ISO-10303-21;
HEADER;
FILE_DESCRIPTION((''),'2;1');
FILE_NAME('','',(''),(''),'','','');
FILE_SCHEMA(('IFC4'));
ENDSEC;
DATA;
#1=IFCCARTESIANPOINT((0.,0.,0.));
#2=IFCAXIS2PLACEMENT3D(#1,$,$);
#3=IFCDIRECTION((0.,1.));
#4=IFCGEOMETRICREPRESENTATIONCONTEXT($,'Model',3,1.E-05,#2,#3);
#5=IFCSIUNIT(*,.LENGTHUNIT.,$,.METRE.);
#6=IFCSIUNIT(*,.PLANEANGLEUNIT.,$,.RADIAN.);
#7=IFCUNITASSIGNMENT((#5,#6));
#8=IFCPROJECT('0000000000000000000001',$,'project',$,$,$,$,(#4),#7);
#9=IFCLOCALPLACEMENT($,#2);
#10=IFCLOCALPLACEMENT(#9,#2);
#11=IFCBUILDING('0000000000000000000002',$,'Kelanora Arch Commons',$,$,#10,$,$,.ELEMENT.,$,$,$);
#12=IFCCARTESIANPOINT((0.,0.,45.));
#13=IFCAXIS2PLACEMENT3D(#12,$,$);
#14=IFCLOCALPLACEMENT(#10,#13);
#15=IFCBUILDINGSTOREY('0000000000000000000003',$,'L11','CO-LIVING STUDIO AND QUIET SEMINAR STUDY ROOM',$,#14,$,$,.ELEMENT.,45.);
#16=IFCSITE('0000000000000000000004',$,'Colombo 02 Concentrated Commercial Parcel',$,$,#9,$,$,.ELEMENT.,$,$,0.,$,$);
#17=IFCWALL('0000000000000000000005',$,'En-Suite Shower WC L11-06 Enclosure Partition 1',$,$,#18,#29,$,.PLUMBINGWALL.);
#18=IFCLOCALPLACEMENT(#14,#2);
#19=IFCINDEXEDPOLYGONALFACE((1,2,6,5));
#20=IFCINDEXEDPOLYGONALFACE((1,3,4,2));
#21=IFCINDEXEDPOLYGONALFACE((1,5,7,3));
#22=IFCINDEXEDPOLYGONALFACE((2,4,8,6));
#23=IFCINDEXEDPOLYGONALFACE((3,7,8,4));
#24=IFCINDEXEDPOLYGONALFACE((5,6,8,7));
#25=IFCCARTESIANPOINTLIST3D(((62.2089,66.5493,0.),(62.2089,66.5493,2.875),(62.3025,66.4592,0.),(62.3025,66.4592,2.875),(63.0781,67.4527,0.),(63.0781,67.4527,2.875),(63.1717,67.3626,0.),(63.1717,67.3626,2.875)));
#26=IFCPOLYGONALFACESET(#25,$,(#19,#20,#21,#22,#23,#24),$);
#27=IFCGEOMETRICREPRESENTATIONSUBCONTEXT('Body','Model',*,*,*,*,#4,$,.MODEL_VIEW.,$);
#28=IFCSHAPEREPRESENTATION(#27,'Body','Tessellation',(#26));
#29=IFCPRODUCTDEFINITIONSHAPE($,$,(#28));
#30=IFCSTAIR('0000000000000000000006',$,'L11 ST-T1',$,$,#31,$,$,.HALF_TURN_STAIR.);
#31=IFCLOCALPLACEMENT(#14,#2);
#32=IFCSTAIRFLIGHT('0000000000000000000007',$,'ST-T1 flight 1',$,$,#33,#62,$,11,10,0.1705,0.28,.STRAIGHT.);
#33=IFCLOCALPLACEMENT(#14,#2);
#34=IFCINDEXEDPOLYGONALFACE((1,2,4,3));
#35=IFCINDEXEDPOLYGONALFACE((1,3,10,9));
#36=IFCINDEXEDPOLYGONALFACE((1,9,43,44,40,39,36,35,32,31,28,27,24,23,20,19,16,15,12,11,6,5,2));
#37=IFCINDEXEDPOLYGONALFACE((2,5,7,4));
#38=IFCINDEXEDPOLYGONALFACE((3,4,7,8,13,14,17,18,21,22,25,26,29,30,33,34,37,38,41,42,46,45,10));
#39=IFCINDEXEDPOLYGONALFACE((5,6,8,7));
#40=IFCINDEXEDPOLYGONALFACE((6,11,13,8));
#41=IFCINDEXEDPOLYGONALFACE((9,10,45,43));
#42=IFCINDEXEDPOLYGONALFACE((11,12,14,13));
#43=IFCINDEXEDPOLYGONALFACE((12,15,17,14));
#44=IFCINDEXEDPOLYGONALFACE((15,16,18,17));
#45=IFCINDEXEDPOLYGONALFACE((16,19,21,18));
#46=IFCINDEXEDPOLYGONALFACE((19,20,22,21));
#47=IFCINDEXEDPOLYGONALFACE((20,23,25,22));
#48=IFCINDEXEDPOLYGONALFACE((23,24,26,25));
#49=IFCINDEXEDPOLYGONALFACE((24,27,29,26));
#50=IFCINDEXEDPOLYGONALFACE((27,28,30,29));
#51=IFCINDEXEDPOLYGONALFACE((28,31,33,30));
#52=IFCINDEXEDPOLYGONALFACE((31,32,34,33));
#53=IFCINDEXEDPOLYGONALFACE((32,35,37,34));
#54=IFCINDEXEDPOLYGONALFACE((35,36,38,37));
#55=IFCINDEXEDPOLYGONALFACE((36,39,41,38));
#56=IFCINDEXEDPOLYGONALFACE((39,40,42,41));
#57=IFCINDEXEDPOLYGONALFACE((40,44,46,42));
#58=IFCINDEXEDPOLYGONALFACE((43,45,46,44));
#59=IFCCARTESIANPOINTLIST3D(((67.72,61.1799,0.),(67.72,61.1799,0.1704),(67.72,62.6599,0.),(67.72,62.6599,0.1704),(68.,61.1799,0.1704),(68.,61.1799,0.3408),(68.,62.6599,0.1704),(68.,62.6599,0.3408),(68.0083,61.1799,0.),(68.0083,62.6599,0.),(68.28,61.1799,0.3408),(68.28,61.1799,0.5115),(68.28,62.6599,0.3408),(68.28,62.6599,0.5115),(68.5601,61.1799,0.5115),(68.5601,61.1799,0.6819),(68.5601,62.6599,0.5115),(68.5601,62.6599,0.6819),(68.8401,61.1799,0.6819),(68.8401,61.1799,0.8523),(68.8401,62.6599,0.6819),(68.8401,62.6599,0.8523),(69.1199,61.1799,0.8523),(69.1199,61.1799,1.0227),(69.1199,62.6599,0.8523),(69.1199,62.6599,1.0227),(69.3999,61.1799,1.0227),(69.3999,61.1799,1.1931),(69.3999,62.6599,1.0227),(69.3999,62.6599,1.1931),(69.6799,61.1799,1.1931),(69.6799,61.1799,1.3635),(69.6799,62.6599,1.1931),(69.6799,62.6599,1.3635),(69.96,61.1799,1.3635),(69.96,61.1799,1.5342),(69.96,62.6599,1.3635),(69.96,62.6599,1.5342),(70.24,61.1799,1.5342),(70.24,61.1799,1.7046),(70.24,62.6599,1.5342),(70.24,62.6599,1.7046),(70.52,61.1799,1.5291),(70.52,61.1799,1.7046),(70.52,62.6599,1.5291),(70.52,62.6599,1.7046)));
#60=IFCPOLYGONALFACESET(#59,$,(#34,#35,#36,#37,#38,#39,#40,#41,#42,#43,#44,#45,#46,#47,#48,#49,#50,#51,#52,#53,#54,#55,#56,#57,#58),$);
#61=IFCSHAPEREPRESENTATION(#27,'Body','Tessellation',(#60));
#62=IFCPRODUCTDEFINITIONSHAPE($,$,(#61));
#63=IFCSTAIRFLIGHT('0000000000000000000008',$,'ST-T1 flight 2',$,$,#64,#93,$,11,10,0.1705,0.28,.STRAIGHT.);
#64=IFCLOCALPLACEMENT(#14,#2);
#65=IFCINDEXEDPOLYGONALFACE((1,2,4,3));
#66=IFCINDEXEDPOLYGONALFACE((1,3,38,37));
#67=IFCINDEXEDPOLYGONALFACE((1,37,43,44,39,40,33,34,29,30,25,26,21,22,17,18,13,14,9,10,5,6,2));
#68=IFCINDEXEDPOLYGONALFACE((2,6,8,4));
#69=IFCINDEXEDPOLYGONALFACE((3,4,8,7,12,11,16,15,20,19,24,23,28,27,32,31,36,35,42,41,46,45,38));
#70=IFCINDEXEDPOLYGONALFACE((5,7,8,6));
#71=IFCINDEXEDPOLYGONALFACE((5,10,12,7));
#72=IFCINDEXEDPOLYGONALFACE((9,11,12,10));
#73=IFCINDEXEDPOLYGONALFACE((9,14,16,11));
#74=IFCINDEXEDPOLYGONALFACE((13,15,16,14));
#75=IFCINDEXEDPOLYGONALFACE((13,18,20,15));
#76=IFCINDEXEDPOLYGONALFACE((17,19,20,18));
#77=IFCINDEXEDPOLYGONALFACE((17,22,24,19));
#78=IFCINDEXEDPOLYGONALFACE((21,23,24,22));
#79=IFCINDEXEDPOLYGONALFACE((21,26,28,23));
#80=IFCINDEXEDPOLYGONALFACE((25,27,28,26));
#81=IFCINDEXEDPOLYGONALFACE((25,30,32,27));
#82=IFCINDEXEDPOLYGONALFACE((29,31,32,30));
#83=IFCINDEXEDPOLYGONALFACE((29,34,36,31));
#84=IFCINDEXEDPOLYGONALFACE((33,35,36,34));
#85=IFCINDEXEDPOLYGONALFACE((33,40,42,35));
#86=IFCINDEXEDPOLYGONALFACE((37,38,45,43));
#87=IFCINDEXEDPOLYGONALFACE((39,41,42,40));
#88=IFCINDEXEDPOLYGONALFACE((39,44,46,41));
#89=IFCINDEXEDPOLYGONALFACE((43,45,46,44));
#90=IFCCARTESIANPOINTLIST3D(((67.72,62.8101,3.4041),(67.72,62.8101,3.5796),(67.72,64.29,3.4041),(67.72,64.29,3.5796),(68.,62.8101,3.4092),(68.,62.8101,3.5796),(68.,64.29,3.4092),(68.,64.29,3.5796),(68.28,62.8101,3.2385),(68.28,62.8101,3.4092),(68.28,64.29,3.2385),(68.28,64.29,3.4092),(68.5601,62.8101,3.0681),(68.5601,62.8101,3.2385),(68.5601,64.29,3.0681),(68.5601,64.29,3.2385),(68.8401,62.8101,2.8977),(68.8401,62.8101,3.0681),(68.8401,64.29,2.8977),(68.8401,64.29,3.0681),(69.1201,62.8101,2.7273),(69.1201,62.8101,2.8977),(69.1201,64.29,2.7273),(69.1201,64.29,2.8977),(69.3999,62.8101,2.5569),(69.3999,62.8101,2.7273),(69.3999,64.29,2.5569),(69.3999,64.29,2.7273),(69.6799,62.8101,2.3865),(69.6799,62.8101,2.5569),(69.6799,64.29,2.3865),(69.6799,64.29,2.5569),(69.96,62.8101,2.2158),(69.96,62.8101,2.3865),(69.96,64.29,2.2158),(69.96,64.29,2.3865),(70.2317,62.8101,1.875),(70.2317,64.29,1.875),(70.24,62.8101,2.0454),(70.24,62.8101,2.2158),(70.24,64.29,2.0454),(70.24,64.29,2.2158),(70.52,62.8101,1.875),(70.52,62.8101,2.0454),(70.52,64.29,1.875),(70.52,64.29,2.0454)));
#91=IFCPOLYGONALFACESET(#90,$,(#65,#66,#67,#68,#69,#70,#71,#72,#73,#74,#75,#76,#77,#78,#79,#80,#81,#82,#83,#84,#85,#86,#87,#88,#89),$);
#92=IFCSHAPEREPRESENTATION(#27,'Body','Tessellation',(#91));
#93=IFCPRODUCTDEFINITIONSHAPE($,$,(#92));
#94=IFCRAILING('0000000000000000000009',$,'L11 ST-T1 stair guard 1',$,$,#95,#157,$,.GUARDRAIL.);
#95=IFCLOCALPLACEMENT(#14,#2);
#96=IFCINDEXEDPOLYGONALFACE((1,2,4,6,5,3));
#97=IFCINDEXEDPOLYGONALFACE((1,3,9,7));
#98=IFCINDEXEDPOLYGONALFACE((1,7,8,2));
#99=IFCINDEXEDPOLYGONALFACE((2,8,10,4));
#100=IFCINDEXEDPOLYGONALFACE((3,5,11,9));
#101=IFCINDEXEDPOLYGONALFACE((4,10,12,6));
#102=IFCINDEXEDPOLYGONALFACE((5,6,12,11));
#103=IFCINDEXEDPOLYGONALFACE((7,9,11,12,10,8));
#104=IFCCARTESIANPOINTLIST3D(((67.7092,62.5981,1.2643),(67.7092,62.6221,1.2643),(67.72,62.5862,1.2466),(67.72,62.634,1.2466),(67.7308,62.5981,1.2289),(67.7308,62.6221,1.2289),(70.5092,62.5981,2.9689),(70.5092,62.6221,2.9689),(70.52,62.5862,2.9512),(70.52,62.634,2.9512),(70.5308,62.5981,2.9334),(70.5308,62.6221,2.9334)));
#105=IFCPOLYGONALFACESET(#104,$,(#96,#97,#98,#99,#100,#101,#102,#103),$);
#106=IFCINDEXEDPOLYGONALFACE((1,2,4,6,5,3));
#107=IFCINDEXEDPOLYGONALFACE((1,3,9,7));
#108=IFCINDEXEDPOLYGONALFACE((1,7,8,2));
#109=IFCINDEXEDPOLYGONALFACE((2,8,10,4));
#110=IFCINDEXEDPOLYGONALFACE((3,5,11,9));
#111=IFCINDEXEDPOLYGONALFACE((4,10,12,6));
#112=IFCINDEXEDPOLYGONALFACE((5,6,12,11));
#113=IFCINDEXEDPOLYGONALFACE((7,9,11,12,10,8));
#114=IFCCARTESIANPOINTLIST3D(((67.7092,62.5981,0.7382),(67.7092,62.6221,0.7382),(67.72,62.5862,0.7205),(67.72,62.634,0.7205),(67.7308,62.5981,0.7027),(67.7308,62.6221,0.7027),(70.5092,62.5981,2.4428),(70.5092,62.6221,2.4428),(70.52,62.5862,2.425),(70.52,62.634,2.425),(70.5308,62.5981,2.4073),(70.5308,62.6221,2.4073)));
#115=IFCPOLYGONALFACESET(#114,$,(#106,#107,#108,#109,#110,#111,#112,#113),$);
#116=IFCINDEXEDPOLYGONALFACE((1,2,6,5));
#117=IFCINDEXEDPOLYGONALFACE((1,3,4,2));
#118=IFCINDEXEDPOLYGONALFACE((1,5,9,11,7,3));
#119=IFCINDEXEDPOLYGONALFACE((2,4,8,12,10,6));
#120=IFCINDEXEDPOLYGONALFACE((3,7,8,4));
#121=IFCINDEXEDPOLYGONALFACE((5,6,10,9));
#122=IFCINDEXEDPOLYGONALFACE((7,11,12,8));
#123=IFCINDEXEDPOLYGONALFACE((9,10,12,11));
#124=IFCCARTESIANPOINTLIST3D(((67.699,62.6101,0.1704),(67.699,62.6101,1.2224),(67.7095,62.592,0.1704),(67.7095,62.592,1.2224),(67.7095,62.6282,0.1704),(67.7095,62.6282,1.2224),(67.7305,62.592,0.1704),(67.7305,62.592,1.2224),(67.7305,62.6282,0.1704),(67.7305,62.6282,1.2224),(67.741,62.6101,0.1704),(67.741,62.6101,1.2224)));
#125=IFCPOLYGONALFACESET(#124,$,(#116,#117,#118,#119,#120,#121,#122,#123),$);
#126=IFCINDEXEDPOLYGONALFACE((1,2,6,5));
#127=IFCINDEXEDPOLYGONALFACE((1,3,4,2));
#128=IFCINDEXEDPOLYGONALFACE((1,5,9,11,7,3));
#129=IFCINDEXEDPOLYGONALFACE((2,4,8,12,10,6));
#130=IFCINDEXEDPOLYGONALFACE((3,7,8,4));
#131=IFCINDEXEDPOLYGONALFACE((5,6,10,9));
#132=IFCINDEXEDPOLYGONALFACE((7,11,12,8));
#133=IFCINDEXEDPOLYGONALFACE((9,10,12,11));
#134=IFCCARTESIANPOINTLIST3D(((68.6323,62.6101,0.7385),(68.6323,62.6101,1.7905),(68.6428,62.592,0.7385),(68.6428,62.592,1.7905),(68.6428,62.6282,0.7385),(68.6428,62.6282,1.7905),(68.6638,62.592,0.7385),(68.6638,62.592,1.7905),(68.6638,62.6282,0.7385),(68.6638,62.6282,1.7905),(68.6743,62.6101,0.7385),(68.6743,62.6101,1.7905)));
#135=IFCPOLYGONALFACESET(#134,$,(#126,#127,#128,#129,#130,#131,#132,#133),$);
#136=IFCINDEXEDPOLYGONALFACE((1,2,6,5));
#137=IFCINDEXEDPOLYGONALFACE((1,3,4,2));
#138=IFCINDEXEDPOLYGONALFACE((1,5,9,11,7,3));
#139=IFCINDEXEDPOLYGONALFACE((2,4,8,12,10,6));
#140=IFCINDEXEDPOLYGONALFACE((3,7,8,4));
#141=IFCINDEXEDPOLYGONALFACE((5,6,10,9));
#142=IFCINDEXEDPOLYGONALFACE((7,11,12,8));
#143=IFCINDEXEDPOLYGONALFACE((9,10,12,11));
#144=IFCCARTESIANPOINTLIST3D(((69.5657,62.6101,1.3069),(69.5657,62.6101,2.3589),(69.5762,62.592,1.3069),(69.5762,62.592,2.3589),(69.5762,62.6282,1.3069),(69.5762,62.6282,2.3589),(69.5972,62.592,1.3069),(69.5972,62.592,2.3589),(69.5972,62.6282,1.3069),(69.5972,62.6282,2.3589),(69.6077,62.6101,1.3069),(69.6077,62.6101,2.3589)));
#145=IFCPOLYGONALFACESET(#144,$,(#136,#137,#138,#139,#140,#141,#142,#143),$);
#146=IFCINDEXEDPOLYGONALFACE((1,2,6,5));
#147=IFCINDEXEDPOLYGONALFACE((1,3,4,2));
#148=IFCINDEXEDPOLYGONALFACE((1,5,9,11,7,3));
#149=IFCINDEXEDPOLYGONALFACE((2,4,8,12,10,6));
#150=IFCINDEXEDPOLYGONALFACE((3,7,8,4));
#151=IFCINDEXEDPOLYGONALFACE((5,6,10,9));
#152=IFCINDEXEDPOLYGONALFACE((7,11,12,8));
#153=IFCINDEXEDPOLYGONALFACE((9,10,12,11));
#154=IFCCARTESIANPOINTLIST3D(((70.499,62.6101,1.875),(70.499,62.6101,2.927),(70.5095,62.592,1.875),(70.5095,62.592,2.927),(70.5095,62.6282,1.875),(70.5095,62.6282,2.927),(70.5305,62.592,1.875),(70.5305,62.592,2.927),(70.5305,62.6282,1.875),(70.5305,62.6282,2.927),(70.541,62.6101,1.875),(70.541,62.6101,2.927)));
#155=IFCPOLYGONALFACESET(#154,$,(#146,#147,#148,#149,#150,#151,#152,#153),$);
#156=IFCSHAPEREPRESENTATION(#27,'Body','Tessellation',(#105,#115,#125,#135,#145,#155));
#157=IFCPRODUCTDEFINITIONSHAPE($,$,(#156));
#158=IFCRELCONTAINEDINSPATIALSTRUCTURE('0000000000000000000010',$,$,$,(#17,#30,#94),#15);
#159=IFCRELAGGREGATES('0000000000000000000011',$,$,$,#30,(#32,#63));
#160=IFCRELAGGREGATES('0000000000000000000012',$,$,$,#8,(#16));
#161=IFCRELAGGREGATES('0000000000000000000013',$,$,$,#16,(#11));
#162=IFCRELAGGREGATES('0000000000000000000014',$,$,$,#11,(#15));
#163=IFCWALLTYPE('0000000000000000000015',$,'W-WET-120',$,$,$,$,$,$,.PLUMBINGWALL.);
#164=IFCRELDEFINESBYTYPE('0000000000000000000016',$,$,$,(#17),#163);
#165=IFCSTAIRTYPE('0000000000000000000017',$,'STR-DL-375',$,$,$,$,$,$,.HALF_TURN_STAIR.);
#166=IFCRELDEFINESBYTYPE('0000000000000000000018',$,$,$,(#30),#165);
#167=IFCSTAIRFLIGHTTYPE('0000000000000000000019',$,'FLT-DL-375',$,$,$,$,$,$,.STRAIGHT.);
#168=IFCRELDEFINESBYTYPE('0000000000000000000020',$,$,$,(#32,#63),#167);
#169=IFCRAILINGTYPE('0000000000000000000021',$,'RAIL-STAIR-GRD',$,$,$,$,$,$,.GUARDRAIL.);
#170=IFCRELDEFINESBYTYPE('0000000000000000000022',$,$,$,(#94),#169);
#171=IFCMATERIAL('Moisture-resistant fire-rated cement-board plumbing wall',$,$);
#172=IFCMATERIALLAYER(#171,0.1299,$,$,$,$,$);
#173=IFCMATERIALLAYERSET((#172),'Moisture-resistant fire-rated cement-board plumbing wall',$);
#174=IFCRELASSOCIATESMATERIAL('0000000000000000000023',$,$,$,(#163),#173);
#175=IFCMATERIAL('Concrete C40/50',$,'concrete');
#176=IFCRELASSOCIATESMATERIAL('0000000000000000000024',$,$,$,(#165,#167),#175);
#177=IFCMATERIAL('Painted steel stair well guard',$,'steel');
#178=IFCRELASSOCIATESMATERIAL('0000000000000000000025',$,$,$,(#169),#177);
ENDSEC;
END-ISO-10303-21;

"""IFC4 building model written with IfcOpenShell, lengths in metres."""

from ifc_helpers import new_model, si_unit, direction, frame, frame_2d, origin, place, context, subcontext, project, spatial, polyline, rectangle, outline, extrude, material, layer, layer_set, type_object, element, aggregate, save


model = new_model("IFC4")

# Units and contexts
model_context = context("Model", 3, precision=1e-05, world=origin(), true_north=direction((0.0, 1.0)))
body_context = subcontext(model_context, "Body", "Model", "MODEL_VIEW")
ifc_project = project(units=[si_unit("LENGTHUNIT", "METRE"), si_unit("PLANEANGLEUNIT", "RADIAN")], contexts=[model_context])

# Site, building, storey
site_placement = place(None, origin())
site = spatial("IfcSite", under=ifc_project, at=site_placement, Name="Colombo 02 Concentrated Commercial Parcel", CompositionType="ELEMENT", RefElevation=0.0)
building_placement = place(site_placement, origin())
building = spatial("IfcBuilding", under=site, at=building_placement, Name="Kelanora Arch Commons", CompositionType="ELEMENT")
storey_placement = place(building_placement, frame((0.0, 0.0, 45.0)))
storey = spatial("IfcBuildingStorey", under=building, at=storey_placement, Name="L11", Description="CO-LIVING STUDIO AND QUIET SEMINAR STUDY ROOM", CompositionType="ELEMENT", Elevation=45.0)

# Shared definitions
ifc_material_1 = material(Name="Concrete C40/50", Category="concrete")

# Shared definitions
ifc_material_2 = material(Name="Moisture-resistant fire-rated cement-board plumbing wall")
ifc_layer_1 = layer(ifc_material_2, 0.1299)
ifc_layer_set_1 = layer_set([ifc_layer_1], Name="Moisture-resistant fire-rated cement-board plumbing wall")
wall_type_1 = type_object("IfcWallType", Name="W-WET-120", PredefinedType="PLUMBINGWALL", material=ifc_layer_set_1)

# Wall
wall_1_placement = place(storey_placement, frame((63.125, 67.4077, 0.0), z_axis=(0.0, 0.0, 1.0), x_axis=(-0.693342, -0.720608, 0.0)))
element("IfcWall", 1, at=wall_1_placement, inside=storey, type_object=wall_type_1, Name="En-Suite Shower WC L11-06 Enclosure Partition 1", PredefinedType="PLUMBINGWALL", context=body_context, shape_type="SweptSolid", body=[
    extrude(rectangle(XDim=1.2537, YDim=0.1299, at=frame_2d((0.627, 0.0))), origin(), (0.0, 0.0, 1.0), 2.875),
])

# Stair, stair flights
stair_type = type_object("IfcStairType", Name="STR-DL-375", PredefinedType="HALF_TURN_STAIR", material=ifc_material_1)
stair_placement = place(storey_placement, origin())
stair = element("IfcStair", 2, at=stair_placement, inside=storey, type_object=stair_type, Name="L11 ST-T1", PredefinedType="HALF_TURN_STAIR")
stair_flight_type = type_object("IfcStairFlightType", Name="FLT-DL-375", PredefinedType="STRAIGHT", material=ifc_material_1)
stair_flight_1_placement = place(storey_placement, frame((67.72, 61.9199, 0.0), z_axis=(0.0, 0.0, 1.0), x_axis=(1.0, 0.0, 0.0)))
stair_flight_1 = element("IfcStairFlight", 3, at=stair_flight_1_placement, type_object=stair_flight_type, Name="ST-T1 flight 1", NumberOfRisers=11, NumberOfTreads=10, PredefinedType="STRAIGHT", RiserHeight=0.1705, TreadLength=0.28, context=body_context, shape_type="SweptSolid", body=[
    extrude(outline(polyline([(0.0, 0.0), (0.0, 0.1704), (0.28, 0.1704), (0.28, 0.3408), (0.5601, 0.3408), (0.5601, 0.5115), (0.8401, 0.5115), (0.8401, 0.6819), (1.1201, 0.6819), (1.1201, 0.8523), (1.3999, 0.8523), (1.3999, 1.0227), (1.6799, 1.0227), (1.6799, 1.1931), (1.96, 1.1931), (1.96, 1.3635), (2.24, 1.3635), (2.24, 1.5342), (2.52, 1.5342), (2.52, 1.7046), (2.8, 1.7046), (2.8, 1.875), (2.8, 1.5291), (0.2883, 0.0), (0.0, 0.0)])), frame((0.0, 0.74, 0.0), z_axis=(0.0, -1.0, 0.0), x_axis=(1.0, 0.0, 0.0)), (0.0, 0.0, 1.0), 1.48),
])
stair_flight_2_placement = place(storey_placement, frame((70.52, 63.55, 1.875), z_axis=(0.0, 0.0, 1.0), x_axis=(-1.0, 0.0, 0.0)))
stair_flight_2 = element("IfcStairFlight", 4, at=stair_flight_2_placement, type_object=stair_flight_type, Name="ST-T1 flight 2", NumberOfRisers=11, NumberOfTreads=10, PredefinedType="STRAIGHT", RiserHeight=0.1705, TreadLength=0.28, context=body_context, shape_type="SweptSolid", body=[
    extrude(outline(polyline([(0.0, 0.0), (0.0, 0.1704), (0.28, 0.1704), (0.28, 0.3408), (0.5601, 0.3408), (0.5601, 0.5115), (0.8401, 0.5115), (0.8401, 0.6819), (1.1201, 0.6819), (1.1201, 0.8523), (1.3999, 0.8523), (1.3999, 1.0227), (1.6799, 1.0227), (1.6799, 1.1931), (1.96, 1.1931), (1.96, 1.3635), (2.24, 1.3635), (2.24, 1.5342), (2.52, 1.5342), (2.52, 1.7046), (2.8, 1.7046), (2.8, 1.875), (2.8, 1.5291), (0.2883, 0.0), (0.0, 0.0)])), frame((0.0, 0.74, 0.0), z_axis=(0.0, -1.0, 0.0), x_axis=(1.0, 0.0, 0.0)), (0.0, 0.0, 1.0), 1.48),
])
aggregate(stair, [stair_flight_1, stair_flight_2])

# Railing
ifc_material_3 = material(Name="Painted steel stair well guard", Category="steel")
railing_type_1 = type_object("IfcRailingType", Name="RAIL-STAIR-GRD", PredefinedType="GUARDRAIL", material=ifc_material_3)
railing_1_placement = place(storey_placement, frame((67.72, 62.6101, 0.1704)))
element("IfcRailing", 5, at=railing_1_placement, inside=storey, type_object=railing_type_1, Name="L11 ST-T1 stair guard 1", PredefinedType="GUARDRAIL", context=body_context, shape_type="SweptSolid", body=[
    extrude(outline(polyline([(0.0239, 0.0), (0.012, 0.0208), (-0.012, 0.0208), (-0.0239, 0.0), (-0.012, -0.0208), (0.012, -0.0208), (0.0239, 0.0)])), frame((0.0, 0.0, 1.0762), z_axis=(0.85417, 0.0, 0.519994), x_axis=(0.0, 1.0, 0.0)), (0.0, 0.0, 1.0), 3.2781),
    extrude(outline(polyline([(0.0239, 0.0), (0.012, 0.0208), (-0.012, 0.0208), (-0.0239, 0.0), (-0.012, -0.0208), (0.012, -0.0208), (0.0239, 0.0)])), frame((0.0, 0.0, 0.55), z_axis=(0.85417, 0.0, 0.519994), x_axis=(0.0, 1.0, 0.0)), (0.0, 0.0, 1.0), 3.2781),
    extrude(outline(polyline([(0.021, 0.0), (0.0105, 0.0181), (-0.0105, 0.0181), (-0.021, 0.0), (-0.0105, -0.0181), (0.0105, -0.0181), (0.021, 0.0)])), origin(), (0.0, 0.0, 1.0), 1.052),
    extrude(outline(polyline([(0.021, 0.0), (0.0105, 0.0181), (-0.0105, 0.0181), (-0.021, 0.0), (-0.0105, -0.0181), (0.0105, -0.0181), (0.021, 0.0)])), frame((0.9333, 0.0, 0.5681)), (0.0, 0.0, 1.0), 1.052),
    extrude(outline(polyline([(0.021, 0.0), (0.0105, 0.0181), (-0.0105, 0.0181), (-0.021, 0.0), (-0.0105, -0.0181), (0.0105, -0.0181), (0.021, 0.0)])), frame((1.8667, 0.0, 1.1365)), (0.0, 0.0, 1.0), 1.052),
    extrude(outline(polyline([(0.021, 0.0), (0.0105, 0.0181), (-0.0105, 0.0181), (-0.021, 0.0), (-0.0105, -0.0181), (0.0105, -0.0181), (0.021, 0.0)])), frame((2.8, 0.0, 1.7046)), (0.0, 0.0, 1.0), 1.052),
])

save(model, "model.ifc")
